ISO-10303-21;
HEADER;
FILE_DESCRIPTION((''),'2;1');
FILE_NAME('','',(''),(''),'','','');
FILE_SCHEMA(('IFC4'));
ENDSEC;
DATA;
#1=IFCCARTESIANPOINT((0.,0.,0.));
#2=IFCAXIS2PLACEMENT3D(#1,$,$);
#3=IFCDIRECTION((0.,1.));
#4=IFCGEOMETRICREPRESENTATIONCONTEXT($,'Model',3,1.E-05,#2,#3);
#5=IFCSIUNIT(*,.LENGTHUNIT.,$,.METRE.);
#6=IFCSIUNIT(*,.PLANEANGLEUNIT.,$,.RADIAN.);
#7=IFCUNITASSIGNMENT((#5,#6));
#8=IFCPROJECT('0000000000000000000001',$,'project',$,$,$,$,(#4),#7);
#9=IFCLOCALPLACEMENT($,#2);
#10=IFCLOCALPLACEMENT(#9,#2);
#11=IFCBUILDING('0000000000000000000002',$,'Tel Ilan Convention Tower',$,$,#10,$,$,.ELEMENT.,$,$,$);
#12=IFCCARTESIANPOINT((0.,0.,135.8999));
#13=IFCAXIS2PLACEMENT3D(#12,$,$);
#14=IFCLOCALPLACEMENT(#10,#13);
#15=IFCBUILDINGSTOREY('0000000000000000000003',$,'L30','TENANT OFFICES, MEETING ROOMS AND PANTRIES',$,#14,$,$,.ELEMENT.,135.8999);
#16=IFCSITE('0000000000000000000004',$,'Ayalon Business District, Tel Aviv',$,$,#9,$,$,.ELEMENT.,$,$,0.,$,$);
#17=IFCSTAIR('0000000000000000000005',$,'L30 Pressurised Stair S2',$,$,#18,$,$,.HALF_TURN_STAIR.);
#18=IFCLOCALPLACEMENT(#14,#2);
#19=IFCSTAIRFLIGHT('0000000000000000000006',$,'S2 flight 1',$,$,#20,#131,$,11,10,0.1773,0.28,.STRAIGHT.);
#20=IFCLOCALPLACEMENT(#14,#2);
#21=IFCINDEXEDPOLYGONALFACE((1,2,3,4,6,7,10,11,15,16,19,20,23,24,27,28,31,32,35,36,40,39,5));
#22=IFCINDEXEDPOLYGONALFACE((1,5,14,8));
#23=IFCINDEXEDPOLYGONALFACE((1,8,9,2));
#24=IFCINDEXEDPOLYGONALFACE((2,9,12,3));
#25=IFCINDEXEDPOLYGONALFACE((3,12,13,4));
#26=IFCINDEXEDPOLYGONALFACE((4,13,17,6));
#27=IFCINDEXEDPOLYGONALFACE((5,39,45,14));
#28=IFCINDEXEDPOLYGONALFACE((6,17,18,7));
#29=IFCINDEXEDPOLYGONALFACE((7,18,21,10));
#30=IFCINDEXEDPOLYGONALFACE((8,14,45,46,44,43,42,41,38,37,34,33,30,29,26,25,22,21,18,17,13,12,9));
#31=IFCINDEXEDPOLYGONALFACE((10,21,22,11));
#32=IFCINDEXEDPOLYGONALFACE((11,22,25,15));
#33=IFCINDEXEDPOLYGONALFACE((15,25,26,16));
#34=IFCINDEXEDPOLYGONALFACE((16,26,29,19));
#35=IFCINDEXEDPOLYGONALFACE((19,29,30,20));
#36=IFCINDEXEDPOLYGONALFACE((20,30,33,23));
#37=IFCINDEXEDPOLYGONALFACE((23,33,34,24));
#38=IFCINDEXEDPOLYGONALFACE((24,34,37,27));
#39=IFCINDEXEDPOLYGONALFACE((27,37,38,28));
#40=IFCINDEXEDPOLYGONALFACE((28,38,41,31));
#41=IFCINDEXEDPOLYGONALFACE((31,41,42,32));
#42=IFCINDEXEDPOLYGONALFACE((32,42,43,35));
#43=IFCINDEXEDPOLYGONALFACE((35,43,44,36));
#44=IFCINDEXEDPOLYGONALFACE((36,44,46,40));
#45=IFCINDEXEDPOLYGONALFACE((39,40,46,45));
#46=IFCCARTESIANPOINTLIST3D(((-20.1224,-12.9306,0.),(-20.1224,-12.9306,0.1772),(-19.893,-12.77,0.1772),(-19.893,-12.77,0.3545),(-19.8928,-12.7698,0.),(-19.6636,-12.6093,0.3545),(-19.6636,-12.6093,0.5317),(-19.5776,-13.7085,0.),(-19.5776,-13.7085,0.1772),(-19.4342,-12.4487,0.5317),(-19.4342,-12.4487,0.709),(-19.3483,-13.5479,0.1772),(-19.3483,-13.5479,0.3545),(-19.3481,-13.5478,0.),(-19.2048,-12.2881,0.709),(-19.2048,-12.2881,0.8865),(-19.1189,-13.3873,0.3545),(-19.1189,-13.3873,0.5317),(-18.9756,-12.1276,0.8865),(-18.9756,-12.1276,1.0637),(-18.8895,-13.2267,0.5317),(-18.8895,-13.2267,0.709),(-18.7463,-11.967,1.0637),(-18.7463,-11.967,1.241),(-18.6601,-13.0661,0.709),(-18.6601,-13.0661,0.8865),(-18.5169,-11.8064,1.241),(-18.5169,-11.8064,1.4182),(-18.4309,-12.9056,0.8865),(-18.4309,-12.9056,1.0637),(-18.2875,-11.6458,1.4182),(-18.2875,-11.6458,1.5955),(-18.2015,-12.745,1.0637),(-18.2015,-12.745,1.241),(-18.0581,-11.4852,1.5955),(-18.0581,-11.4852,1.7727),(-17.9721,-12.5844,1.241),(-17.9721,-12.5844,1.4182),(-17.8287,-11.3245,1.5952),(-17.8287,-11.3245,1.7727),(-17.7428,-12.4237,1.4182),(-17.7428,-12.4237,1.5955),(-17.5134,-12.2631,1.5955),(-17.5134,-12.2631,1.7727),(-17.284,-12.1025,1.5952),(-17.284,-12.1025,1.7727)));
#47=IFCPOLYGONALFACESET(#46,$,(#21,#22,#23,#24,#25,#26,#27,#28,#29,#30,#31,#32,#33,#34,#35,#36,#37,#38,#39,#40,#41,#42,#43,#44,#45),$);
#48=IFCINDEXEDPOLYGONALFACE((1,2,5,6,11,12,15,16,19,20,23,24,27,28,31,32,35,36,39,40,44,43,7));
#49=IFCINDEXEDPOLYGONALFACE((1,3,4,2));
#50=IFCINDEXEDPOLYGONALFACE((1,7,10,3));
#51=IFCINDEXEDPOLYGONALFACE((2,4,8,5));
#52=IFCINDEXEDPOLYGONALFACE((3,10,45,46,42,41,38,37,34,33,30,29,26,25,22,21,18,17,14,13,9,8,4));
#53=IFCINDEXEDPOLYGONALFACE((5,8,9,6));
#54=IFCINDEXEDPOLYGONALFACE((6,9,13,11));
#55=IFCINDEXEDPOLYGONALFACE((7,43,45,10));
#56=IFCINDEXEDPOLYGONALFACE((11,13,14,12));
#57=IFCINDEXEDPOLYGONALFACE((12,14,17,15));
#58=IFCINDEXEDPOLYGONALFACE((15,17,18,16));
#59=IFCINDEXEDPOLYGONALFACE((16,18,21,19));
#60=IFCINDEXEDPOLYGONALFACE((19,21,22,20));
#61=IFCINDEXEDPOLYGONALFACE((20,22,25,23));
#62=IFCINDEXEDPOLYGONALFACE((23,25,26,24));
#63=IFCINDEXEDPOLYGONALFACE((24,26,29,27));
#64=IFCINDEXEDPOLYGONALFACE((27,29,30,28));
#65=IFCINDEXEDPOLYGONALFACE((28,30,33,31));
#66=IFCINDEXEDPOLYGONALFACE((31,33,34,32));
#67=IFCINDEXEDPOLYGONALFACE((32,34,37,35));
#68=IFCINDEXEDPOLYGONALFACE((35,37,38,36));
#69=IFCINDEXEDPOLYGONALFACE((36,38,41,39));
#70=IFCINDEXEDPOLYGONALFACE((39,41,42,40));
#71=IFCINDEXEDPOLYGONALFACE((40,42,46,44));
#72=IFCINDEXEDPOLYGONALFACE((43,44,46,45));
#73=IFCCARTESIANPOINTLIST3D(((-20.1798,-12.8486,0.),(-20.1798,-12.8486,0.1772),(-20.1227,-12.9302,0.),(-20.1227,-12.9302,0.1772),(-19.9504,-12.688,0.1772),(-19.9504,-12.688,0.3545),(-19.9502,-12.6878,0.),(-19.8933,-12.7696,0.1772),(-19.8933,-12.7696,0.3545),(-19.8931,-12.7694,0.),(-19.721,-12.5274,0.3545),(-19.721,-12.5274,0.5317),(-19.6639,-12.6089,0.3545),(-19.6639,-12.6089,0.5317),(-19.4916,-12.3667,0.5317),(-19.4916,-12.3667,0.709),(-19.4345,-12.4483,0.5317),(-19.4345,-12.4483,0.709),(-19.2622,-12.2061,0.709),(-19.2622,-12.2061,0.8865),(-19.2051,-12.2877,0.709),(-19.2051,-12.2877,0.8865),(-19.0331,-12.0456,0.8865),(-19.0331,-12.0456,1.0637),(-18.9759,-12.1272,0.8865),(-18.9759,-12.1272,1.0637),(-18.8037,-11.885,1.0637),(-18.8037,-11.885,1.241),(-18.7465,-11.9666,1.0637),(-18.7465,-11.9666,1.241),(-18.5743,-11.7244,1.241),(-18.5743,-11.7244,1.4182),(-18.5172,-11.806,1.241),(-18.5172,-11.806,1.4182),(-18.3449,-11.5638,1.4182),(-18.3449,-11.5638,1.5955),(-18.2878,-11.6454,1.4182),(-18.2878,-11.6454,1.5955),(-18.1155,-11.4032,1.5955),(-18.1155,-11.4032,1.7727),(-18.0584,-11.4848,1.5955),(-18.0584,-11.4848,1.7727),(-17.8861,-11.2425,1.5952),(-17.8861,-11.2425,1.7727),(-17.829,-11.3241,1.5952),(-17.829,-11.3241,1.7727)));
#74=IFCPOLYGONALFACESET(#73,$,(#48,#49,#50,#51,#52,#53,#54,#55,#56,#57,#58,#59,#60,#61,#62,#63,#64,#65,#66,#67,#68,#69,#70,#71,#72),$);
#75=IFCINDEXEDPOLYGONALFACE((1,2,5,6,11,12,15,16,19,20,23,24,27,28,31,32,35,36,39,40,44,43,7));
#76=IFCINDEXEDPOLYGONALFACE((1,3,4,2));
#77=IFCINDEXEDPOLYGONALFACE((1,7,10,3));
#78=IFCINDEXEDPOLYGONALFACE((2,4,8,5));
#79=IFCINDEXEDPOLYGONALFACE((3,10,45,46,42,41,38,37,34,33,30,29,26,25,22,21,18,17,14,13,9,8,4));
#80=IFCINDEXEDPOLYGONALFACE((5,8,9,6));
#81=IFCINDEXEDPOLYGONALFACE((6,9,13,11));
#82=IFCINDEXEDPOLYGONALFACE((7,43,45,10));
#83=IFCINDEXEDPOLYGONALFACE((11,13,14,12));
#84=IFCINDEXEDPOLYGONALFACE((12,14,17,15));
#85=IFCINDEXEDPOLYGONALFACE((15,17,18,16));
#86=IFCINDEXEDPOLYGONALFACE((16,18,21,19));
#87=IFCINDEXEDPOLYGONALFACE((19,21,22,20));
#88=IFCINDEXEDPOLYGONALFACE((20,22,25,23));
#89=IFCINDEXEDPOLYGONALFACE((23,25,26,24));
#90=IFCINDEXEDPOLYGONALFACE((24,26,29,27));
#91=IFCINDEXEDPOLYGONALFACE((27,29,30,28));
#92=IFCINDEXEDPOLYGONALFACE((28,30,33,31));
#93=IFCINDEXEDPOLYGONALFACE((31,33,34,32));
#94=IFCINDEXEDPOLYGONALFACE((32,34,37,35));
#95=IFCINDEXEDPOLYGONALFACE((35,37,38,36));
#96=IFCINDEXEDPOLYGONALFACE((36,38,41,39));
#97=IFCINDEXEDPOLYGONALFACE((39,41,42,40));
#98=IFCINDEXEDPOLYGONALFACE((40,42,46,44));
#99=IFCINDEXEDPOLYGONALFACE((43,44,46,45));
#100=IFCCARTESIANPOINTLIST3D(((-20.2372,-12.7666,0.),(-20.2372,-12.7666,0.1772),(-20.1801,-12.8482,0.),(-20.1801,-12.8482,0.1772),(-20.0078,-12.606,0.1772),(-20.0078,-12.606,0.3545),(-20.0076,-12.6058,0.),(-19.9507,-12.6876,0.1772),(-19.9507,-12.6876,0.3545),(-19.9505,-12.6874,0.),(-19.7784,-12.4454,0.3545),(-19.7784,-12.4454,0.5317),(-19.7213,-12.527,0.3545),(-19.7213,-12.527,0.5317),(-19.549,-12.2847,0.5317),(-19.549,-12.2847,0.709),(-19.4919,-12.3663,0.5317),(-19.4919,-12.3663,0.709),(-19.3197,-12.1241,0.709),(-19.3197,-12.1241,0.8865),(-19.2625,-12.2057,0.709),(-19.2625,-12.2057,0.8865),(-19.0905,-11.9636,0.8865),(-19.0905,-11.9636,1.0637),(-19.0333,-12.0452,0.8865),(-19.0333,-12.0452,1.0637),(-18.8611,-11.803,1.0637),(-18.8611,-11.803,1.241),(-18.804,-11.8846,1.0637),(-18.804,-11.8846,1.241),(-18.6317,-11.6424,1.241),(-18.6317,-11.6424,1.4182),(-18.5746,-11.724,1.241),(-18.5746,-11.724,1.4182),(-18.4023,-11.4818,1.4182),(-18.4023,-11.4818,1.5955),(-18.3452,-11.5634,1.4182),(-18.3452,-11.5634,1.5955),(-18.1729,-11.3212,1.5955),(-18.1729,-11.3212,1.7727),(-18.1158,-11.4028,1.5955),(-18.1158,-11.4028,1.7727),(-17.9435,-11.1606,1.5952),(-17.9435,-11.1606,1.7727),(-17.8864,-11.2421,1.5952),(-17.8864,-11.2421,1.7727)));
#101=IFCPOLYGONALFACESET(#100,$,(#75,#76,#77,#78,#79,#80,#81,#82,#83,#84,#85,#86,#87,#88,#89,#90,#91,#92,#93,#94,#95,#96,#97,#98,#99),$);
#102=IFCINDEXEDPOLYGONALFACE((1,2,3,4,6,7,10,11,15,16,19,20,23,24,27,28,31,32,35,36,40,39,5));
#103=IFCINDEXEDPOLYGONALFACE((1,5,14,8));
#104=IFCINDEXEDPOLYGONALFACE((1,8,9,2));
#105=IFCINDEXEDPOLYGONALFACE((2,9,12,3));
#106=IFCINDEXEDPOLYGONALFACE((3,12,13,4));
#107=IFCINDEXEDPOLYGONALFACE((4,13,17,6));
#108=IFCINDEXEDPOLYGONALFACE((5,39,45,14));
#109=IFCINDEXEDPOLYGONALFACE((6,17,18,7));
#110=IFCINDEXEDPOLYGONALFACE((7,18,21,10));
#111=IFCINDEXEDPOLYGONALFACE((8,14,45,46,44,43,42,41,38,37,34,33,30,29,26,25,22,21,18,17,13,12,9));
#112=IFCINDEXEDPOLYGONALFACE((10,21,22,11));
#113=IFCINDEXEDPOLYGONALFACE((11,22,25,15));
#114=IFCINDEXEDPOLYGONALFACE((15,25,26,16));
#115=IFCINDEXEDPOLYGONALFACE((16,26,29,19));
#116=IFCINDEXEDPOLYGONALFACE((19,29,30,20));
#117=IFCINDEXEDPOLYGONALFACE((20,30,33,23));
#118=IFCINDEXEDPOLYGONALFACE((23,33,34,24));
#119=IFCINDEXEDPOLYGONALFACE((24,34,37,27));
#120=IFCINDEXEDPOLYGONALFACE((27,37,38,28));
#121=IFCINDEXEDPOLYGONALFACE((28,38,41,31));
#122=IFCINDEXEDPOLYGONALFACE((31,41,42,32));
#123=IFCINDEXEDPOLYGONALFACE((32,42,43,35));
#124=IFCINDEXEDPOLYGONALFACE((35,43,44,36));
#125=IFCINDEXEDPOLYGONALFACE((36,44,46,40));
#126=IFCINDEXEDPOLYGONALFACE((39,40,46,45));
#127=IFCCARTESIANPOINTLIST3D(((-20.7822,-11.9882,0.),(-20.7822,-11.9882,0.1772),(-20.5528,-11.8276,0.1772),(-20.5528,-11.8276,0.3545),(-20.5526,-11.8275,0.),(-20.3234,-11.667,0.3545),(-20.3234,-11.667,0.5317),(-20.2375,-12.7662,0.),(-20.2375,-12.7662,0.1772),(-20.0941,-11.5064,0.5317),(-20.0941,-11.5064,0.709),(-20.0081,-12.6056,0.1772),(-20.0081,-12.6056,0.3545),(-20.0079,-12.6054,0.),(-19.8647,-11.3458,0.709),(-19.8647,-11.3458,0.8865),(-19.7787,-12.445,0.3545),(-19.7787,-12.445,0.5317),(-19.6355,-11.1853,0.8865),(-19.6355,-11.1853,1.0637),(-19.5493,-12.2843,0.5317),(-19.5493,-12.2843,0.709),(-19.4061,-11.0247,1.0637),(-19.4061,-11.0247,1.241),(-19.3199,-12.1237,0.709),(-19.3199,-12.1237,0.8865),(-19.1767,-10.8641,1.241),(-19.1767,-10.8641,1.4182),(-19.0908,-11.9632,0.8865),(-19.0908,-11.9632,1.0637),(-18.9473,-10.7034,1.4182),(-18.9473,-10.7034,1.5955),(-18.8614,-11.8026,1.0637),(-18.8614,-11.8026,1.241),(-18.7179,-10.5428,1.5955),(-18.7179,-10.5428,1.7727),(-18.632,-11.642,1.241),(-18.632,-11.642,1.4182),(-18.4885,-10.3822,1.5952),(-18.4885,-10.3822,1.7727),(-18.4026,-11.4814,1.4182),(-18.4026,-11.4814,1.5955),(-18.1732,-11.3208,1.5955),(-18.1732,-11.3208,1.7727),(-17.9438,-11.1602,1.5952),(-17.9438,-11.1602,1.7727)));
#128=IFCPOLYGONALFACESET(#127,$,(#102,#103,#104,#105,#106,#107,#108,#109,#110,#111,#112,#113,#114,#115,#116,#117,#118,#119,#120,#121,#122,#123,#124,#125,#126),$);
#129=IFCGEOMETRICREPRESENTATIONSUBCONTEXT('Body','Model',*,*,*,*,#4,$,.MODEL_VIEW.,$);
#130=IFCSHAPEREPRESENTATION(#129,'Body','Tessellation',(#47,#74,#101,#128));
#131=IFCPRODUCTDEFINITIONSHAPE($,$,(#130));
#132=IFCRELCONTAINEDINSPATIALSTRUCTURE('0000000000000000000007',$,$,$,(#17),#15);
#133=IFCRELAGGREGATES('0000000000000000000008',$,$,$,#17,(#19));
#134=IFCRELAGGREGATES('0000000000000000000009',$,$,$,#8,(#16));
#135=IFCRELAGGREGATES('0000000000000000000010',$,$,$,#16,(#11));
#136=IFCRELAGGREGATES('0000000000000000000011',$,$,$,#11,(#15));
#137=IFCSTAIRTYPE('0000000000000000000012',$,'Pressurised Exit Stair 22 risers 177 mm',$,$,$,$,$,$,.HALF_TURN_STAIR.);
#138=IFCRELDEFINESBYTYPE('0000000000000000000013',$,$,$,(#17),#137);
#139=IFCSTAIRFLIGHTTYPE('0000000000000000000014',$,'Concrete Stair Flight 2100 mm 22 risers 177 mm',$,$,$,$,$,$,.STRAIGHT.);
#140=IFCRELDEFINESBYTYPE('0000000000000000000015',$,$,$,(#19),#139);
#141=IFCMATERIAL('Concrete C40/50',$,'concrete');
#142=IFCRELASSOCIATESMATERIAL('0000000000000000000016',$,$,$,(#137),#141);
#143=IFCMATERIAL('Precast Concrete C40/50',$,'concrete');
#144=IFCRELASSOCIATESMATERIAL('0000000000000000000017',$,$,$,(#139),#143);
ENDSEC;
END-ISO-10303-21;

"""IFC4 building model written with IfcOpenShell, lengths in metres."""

from ifc_helpers import new_model, si_unit, direction, frame, origin, place, context, subcontext, project, spatial, polyline, outline, extrude, material, type_object, element, aggregate, save


model = new_model("IFC4")

# Units and contexts
model_context = context("Model", 3, precision=1e-05, world=origin(), true_north=direction((0.0, 1.0)))
body_context = subcontext(model_context, "Body", "Model", "MODEL_VIEW")
ifc_project = project(units=[si_unit("LENGTHUNIT", "METRE"), si_unit("PLANEANGLEUNIT", "RADIAN")], contexts=[model_context])

# Site, building, storey
site_placement = place(None, origin())
site = spatial("IfcSite", under=ifc_project, at=site_placement, Name="Ayalon Business District, Tel Aviv", CompositionType="ELEMENT", RefElevation=0.0)
building_placement = place(site_placement, origin())
building = spatial("IfcBuilding", under=site, at=building_placement, Name="Tel Ilan Convention Tower", CompositionType="ELEMENT")
storey_placement = place(building_placement, frame((0.0, 0.0, 135.8999)))
storey = spatial("IfcBuildingStorey", under=building, at=storey_placement, Name="L30", Description="TENANT OFFICES, MEETING ROOMS AND PANTRIES", CompositionType="ELEMENT", Elevation=135.8999)

# Stair, stair flight
ifc_material_1 = material(Name="Concrete C40/50", Category="concrete")
stair_type = type_object("IfcStairType", Name="Pressurised Exit Stair 22 risers 177 mm", PredefinedType="HALF_TURN_STAIR", material=ifc_material_1)
ifc_material_2 = material(Name="Precast Concrete C40/50", Category="concrete")
stair_flight_type = type_object("IfcStairFlightType", Name="Concrete Stair Flight 2100 mm 22 risers 177 mm", PredefinedType="STRAIGHT", material=ifc_material_2)
stair_1_placement = place(storey_placement, origin())
stair_1 = element("IfcStair", 1, at=stair_1_placement, inside=storey, type_object=stair_type, Name="L30 Pressurised Stair S2", PredefinedType="HALF_TURN_STAIR")
stair_flight_1_placement = place(storey_placement, frame((-20.1799, -12.8484, 0.0), z_axis=(0.0, 0.0, 1.0), x_axis=(0.819152, 0.573576, 0.0)))
stair_flight_1 = element("IfcStairFlight", 2, at=stair_flight_1_placement, type_object=stair_flight_type, Name="S2 flight 1", NumberOfRisers=11, NumberOfTreads=10, PredefinedType="STRAIGHT", RiserHeight=0.1773, TreadLength=0.28, context=body_context, shape_type="SweptSolid", body=[
    extrude(outline(polyline([(0.0, 0.0), (0.0, 0.1772), (0.28, 0.1772), (0.28, 0.3545), (0.5601, 0.3545), (0.5601, 0.5317), (0.8401, 0.5317), (0.8401, 0.709), (1.1201, 0.709), (1.1201, 0.8865), (1.3999, 0.8865), (1.3999, 1.0637), (1.6799, 1.0637), (1.6799, 1.241), (1.96, 1.241), (1.96, 1.4182), (2.24, 1.4182), (2.24, 1.5955), (2.52, 1.5955), (2.52, 1.7727), (2.8, 1.7727), (2.8, 1.95), (2.8, 1.5952), (0.2803, 0.0), (0.0, 0.0)])), frame((0.0, -0.1003, 0.0), z_axis=(0.0, -1.0, 0.0), x_axis=(1.0, 0.0, 0.0)), (0.0, 0.0, 1.0), 0.9497),
    extrude(outline(polyline([(0.0, 0.0), (0.0, 0.1772), (0.28, 0.1772), (0.28, 0.3545), (0.5601, 0.3545), (0.5601, 0.5317), (0.8401, 0.5317), (0.8401, 0.709), (1.1201, 0.709), (1.1201, 0.8865), (1.3999, 0.8865), (1.3999, 1.0637), (1.6799, 1.0637), (1.6799, 1.241), (1.96, 1.241), (1.96, 1.4182), (2.24, 1.4182), (2.24, 1.5955), (2.52, 1.5955), (2.52, 1.7727), (2.8, 1.7727), (2.8, 1.95), (2.8, 1.5952), (0.2803, 0.0), (0.0, 0.0)])), frame((0.0, -0.0002, 0.0), z_axis=(0.0, -1.0, 0.0), x_axis=(1.0, 0.0, 0.0)), (0.0, 0.0, 1.0), 0.0996),
    extrude(outline(polyline([(0.0, 0.0), (0.0, 0.1772), (0.28, 0.1772), (0.28, 0.3545), (0.5601, 0.3545), (0.5601, 0.5317), (0.8401, 0.5317), (0.8401, 0.709), (1.1201, 0.709), (1.1201, 0.8865), (1.3999, 0.8865), (1.3999, 1.0637), (1.6799, 1.0637), (1.6799, 1.241), (1.96, 1.241), (1.96, 1.4182), (2.24, 1.4182), (2.24, 1.5955), (2.52, 1.5955), (2.52, 1.7727), (2.8, 1.7727), (2.8, 1.95), (2.8, 1.5952), (0.2803, 0.0), (0.0, 0.0)])), frame((0.0, 0.0999, 0.0), z_axis=(0.0, -1.0, 0.0), x_axis=(1.0, 0.0, 0.0)), (0.0, 0.0, 1.0), 0.0996),
    extrude(outline(polyline([(0.0, 0.0), (0.0, 0.1772), (0.28, 0.1772), (0.28, 0.3545), (0.5601, 0.3545), (0.5601, 0.5317), (0.8401, 0.5317), (0.8401, 0.709), (1.1201, 0.709), (1.1201, 0.8865), (1.3999, 0.8865), (1.3999, 1.0637), (1.6799, 1.0637), (1.6799, 1.241), (1.96, 1.241), (1.96, 1.4182), (2.24, 1.4182), (2.24, 1.5955), (2.52, 1.5955), (2.52, 1.7727), (2.8, 1.7727), (2.8, 1.95), (2.8, 1.5952), (0.2803, 0.0), (0.0, 0.0)])), frame((0.0, 1.05, 0.0), z_axis=(0.0, -1.0, 0.0), x_axis=(1.0, 0.0, 0.0)), (0.0, 0.0, 1.0), 0.9497),
])
aggregate(stair_1, [stair_flight_1])

save(model, "model.ifc")
